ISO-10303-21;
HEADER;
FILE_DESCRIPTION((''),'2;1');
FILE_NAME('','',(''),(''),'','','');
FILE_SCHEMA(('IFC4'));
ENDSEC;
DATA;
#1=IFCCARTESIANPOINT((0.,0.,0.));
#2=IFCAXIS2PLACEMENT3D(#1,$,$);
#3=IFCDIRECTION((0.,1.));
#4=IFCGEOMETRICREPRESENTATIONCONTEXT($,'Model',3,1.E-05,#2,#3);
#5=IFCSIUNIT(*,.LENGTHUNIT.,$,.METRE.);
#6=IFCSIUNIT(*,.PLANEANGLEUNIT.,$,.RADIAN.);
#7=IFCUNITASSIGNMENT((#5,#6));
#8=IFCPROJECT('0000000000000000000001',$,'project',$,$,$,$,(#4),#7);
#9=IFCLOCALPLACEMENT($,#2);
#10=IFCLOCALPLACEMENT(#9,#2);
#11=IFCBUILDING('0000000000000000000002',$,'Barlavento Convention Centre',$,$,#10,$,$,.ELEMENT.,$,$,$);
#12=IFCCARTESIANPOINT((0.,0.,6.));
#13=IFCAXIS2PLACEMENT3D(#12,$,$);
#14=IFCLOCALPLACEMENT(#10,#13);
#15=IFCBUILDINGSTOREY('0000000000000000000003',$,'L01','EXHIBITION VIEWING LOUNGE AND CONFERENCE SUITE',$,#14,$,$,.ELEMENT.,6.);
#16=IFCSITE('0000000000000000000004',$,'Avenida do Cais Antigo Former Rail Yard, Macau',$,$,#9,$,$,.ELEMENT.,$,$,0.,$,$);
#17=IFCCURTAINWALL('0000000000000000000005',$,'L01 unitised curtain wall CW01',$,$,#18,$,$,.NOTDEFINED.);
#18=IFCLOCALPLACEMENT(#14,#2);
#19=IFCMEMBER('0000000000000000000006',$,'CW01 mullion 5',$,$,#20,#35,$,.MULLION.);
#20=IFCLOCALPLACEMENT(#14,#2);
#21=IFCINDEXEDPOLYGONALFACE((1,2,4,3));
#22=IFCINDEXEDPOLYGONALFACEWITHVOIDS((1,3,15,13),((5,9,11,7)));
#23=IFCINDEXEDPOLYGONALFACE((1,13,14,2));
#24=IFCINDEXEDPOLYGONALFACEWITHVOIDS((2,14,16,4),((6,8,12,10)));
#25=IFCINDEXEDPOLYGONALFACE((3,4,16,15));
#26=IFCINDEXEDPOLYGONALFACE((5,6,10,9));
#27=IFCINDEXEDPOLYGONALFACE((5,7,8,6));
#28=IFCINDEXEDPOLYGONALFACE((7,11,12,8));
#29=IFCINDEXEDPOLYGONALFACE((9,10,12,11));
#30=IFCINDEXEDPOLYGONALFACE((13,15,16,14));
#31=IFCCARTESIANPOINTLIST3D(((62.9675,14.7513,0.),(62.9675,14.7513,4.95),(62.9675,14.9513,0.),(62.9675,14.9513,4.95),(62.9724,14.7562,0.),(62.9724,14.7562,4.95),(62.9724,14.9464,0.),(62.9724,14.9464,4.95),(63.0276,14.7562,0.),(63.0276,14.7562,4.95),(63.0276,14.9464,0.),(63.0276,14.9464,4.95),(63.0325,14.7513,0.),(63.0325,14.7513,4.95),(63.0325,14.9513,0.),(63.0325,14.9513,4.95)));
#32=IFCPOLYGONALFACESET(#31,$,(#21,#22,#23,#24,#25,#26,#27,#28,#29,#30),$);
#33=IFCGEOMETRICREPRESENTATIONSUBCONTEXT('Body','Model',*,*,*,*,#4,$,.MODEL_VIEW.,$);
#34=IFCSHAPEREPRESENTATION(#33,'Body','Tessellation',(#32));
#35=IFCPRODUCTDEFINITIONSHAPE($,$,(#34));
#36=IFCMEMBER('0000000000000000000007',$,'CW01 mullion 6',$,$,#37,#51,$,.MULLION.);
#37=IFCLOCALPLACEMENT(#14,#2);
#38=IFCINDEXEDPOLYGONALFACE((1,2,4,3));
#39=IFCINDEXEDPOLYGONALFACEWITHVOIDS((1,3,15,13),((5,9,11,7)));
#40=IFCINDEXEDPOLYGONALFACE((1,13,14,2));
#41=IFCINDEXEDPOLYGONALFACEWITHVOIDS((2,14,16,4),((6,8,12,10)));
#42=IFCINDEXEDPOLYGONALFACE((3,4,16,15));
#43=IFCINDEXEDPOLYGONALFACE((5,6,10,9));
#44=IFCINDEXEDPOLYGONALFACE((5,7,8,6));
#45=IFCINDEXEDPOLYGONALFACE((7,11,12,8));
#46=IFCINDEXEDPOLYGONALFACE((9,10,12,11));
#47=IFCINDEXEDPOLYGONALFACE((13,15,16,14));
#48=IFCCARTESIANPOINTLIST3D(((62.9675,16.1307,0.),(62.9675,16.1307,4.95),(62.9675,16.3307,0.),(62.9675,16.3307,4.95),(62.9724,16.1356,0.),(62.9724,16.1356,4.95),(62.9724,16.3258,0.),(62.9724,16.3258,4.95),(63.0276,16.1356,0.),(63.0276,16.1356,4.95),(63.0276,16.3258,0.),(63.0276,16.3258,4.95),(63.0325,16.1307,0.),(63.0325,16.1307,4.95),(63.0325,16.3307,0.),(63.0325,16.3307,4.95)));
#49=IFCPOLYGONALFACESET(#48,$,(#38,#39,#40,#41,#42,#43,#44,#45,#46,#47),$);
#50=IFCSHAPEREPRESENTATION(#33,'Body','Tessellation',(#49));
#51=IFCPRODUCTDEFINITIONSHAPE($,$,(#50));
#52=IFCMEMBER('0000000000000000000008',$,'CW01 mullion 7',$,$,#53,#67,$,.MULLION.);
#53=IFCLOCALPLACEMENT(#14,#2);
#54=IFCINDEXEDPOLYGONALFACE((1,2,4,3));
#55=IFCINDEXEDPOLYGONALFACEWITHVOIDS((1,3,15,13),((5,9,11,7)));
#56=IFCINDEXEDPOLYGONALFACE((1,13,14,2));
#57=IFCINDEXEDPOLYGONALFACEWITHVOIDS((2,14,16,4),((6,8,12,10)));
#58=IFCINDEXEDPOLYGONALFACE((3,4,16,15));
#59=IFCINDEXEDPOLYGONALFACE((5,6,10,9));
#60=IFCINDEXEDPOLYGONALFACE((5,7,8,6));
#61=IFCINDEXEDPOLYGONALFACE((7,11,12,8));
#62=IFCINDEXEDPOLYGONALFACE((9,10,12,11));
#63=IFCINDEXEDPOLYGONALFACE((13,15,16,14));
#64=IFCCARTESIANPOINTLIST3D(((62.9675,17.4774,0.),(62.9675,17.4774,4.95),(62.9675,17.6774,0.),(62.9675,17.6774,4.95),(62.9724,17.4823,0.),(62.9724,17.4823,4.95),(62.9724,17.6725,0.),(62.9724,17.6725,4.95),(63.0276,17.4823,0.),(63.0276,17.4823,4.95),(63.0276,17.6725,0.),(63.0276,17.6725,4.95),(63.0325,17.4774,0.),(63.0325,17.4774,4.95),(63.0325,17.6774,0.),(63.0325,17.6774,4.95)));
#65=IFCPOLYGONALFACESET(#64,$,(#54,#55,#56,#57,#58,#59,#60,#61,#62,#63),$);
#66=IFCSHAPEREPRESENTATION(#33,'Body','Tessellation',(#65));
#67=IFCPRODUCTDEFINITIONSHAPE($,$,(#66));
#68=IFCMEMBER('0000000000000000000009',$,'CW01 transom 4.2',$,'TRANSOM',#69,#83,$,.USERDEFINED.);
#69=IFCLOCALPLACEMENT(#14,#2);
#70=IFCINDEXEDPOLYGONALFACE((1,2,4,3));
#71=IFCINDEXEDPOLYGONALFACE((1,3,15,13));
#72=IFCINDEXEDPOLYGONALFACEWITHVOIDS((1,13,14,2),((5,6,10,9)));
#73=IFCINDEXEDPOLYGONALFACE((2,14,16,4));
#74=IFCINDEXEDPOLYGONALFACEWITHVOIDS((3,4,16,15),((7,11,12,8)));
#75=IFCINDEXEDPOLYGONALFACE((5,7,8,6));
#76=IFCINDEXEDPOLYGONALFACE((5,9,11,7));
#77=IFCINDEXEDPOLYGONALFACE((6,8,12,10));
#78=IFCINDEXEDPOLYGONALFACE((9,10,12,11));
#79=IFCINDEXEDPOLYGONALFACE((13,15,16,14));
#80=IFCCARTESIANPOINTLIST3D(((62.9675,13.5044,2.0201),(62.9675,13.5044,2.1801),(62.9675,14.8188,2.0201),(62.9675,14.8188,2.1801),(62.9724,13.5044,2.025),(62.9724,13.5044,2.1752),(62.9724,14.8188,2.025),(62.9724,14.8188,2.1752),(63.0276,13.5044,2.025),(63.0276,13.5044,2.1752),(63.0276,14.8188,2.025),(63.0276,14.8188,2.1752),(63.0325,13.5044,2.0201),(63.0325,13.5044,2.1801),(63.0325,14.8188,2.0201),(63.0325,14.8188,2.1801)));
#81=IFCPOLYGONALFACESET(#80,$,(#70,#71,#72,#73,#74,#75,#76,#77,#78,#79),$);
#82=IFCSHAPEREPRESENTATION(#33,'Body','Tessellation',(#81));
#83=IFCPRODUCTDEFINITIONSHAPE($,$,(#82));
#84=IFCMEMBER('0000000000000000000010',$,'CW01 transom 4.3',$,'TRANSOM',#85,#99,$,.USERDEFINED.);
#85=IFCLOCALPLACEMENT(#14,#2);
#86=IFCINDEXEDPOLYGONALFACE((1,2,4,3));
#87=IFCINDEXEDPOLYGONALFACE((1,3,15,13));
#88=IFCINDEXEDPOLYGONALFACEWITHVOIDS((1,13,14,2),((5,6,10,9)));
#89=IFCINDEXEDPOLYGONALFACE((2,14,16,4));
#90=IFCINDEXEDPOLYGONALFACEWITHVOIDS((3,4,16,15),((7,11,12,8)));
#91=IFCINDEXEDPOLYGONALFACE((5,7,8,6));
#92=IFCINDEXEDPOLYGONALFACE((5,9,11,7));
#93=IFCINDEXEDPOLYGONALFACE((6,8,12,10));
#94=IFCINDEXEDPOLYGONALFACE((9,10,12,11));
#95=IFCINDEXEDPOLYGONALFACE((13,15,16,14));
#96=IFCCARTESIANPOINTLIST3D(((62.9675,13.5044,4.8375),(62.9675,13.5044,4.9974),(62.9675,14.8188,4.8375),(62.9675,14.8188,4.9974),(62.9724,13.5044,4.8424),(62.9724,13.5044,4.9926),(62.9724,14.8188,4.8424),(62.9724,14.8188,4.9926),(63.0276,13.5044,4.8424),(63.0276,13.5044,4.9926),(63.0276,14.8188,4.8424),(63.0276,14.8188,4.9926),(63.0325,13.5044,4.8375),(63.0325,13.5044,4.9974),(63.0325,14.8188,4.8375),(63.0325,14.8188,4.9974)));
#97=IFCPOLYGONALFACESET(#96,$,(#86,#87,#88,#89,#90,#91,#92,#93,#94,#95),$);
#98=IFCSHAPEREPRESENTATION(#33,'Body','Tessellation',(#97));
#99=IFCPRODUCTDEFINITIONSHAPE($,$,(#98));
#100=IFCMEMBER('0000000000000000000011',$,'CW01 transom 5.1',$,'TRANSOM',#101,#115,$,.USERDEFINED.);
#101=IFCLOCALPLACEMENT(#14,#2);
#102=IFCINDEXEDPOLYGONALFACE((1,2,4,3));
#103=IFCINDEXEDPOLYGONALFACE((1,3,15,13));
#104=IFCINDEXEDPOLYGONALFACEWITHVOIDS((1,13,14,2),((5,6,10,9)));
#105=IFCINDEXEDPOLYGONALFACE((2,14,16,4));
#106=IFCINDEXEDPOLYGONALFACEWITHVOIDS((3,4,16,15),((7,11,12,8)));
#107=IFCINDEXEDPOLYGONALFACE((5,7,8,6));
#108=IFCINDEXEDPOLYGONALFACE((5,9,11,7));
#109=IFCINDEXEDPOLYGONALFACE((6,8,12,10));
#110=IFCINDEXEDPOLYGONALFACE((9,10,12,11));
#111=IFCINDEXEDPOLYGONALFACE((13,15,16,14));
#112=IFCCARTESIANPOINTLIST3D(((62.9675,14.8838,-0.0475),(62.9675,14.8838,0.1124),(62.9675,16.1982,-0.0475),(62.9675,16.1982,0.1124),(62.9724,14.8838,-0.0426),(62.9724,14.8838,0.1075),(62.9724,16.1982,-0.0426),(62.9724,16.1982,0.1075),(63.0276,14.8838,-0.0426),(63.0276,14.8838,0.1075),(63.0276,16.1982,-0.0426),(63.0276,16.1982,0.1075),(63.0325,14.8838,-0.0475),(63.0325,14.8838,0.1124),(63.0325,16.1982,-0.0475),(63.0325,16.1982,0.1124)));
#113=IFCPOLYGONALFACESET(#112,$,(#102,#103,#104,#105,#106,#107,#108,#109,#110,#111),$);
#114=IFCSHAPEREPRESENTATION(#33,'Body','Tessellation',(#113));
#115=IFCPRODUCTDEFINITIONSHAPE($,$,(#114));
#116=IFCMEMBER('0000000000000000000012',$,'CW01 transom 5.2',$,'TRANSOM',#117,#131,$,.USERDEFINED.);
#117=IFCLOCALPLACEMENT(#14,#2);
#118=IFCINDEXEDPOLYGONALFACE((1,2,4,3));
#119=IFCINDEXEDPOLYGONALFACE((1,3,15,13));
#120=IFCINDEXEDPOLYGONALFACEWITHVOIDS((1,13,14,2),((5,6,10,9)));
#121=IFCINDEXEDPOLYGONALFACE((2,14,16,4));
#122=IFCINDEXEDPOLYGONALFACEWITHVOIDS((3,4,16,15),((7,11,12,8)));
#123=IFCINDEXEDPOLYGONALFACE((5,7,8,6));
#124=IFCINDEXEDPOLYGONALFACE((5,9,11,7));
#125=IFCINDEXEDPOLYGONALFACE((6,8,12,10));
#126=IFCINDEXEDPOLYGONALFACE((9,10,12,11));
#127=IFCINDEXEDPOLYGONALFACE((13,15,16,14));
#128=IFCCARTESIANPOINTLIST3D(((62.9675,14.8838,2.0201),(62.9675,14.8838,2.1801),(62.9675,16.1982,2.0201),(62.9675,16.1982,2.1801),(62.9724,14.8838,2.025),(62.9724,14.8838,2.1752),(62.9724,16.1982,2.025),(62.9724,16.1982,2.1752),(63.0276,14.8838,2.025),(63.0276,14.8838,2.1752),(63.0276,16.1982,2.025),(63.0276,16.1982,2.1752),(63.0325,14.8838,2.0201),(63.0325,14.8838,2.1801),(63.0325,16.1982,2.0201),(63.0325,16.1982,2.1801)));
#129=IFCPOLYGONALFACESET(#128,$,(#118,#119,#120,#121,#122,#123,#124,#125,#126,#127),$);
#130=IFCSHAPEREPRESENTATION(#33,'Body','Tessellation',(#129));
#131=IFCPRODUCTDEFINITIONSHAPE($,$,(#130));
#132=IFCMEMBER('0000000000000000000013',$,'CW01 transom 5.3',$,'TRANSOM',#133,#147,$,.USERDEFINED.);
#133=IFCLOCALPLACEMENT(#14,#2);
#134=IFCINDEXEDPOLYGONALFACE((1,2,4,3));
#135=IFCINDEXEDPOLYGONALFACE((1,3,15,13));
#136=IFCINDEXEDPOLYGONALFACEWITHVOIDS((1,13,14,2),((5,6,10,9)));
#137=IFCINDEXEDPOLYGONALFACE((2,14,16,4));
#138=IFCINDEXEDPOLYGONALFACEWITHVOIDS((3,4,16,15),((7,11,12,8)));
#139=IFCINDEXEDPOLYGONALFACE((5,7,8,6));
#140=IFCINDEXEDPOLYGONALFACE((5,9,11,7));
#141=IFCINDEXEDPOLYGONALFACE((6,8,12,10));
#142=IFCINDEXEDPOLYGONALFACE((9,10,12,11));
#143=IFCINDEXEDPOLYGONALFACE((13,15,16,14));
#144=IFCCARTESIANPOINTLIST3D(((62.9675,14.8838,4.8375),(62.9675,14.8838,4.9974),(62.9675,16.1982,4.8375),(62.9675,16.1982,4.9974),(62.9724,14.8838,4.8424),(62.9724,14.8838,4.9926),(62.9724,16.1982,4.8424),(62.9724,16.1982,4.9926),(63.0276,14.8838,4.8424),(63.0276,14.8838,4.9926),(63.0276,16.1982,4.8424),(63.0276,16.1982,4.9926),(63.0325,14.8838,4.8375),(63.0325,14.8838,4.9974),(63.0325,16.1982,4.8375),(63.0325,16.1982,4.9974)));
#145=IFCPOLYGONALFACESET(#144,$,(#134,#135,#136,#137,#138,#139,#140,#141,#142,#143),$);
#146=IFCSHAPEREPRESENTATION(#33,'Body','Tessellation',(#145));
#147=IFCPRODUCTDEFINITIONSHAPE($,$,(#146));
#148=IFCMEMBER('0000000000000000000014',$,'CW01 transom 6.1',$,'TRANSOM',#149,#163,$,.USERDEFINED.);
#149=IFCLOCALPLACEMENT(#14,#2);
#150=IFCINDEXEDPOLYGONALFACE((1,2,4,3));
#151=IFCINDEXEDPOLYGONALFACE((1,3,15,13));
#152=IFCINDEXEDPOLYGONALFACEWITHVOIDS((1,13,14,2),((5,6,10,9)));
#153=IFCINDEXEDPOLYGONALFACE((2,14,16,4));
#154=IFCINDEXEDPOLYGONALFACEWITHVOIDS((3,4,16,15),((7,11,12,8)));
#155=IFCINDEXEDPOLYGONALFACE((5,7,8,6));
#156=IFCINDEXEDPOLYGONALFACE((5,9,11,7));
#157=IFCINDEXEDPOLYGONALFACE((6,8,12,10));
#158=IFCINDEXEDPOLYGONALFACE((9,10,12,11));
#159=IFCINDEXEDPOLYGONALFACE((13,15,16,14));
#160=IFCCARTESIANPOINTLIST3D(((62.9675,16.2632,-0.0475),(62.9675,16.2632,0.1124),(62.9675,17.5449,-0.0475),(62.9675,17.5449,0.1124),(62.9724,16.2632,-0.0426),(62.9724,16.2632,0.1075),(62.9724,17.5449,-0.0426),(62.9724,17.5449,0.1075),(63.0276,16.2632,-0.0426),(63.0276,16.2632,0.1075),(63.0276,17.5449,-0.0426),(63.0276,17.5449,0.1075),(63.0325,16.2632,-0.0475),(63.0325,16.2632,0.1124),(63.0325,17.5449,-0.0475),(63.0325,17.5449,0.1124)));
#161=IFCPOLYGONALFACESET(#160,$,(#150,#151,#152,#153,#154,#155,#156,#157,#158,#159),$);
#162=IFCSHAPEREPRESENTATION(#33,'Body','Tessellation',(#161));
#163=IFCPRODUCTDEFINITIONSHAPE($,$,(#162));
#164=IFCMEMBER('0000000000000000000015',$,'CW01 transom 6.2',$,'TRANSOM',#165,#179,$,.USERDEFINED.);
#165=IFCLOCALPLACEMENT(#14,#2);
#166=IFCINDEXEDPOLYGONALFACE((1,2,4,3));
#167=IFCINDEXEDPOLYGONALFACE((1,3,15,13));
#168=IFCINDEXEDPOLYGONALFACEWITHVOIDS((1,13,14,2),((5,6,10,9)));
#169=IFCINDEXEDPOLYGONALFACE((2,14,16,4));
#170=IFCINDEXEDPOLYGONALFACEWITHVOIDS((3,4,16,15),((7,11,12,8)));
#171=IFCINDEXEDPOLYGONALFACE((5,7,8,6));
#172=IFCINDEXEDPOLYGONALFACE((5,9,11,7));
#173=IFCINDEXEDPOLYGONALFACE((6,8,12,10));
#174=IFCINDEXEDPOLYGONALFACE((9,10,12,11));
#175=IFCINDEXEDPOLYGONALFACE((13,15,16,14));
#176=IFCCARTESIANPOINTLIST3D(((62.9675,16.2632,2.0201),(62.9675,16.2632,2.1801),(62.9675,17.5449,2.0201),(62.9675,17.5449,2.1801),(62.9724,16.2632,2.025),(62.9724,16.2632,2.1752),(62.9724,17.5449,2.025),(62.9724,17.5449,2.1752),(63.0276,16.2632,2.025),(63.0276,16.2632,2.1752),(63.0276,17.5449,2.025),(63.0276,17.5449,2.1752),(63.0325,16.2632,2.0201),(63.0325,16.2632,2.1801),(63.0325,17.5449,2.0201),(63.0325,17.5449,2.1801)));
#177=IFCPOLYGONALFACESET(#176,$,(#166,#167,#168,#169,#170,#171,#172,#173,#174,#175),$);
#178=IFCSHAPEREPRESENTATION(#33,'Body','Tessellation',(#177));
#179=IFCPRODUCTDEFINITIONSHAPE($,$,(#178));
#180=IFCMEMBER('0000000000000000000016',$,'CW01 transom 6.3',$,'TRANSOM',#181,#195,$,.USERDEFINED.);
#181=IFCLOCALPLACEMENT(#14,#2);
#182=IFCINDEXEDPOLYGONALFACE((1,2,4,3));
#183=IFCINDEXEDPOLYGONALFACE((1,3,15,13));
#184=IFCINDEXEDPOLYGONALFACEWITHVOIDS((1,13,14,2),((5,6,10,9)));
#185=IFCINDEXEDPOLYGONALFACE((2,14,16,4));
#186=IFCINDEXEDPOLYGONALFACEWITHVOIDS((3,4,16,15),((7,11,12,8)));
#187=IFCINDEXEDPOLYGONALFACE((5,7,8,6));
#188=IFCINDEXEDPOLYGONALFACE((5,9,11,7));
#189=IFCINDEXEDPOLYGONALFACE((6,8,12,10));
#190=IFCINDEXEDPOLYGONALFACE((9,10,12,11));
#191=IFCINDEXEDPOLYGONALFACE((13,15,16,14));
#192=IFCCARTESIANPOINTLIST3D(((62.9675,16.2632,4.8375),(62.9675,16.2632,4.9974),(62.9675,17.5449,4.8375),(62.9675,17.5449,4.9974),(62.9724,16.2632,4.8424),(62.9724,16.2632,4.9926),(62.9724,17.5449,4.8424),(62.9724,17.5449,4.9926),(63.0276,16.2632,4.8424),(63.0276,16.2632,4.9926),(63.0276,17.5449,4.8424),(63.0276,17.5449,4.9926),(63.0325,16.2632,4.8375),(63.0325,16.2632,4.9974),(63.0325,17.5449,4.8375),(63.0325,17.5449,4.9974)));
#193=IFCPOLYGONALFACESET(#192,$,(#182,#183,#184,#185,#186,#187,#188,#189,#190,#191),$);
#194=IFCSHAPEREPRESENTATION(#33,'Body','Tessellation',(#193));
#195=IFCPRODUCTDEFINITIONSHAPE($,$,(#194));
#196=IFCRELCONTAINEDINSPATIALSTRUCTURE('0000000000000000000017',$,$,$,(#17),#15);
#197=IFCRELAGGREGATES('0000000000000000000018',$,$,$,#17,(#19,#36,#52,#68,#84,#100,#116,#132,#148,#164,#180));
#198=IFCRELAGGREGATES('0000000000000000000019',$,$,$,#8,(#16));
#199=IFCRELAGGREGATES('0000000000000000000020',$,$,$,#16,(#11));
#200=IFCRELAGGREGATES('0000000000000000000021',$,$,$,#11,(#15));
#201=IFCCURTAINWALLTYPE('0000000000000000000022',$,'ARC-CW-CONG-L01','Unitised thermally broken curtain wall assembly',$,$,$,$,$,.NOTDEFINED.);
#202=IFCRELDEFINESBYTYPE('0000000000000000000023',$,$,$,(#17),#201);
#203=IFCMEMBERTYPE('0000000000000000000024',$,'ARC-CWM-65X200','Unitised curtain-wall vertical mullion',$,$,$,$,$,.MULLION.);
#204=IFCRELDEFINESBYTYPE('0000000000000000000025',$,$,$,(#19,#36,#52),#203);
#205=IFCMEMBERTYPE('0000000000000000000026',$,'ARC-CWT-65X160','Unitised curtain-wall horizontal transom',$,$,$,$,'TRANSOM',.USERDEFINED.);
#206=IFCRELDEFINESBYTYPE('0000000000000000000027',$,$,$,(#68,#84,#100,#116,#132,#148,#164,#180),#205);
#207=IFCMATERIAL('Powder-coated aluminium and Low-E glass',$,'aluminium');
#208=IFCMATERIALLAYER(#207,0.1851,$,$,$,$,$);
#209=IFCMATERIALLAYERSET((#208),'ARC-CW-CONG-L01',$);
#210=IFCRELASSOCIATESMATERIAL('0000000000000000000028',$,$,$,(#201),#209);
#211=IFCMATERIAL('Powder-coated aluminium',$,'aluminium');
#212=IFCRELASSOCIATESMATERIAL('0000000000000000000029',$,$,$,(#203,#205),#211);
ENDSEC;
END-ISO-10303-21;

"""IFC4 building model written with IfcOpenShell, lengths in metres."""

from ifc_helpers import new_model, si_unit, direction, frame, origin, origin_2d, place, context, subcontext, project, spatial, hollow_rectangle, extrude, material, layer, layer_set, material_profile, profile_set, type_object, element, aggregate, save


model = new_model("IFC4")

# Units and contexts
model_context = context("Model", 3, precision=1e-05, world=origin(), true_north=direction((0.0, 1.0)))
body_context = subcontext(model_context, "Body", "Model", "MODEL_VIEW")
ifc_project = project(units=[si_unit("LENGTHUNIT", "METRE"), si_unit("PLANEANGLEUNIT", "RADIAN")], contexts=[model_context])

# Site, building, storey
site_placement = place(None, origin())
site = spatial("IfcSite", under=ifc_project, at=site_placement, Name="Avenida do Cais Antigo Former Rail Yard, Macau", CompositionType="ELEMENT", RefElevation=0.0)
building_placement = place(site_placement, origin())
building = spatial("IfcBuilding", under=site, at=building_placement, Name="Barlavento Convention Centre", CompositionType="ELEMENT")
storey_placement = place(building_placement, frame((0.0, 0.0, 6.0)))
storey = spatial("IfcBuildingStorey", under=building, at=storey_placement, Name="L01", Description="EXHIBITION VIEWING LOUNGE AND CONFERENCE SUITE", CompositionType="ELEMENT", Elevation=6.0)

# Curtain wall, members
ifc_material_1 = material(Name="Powder-coated aluminium and Low-E glass", Category="aluminium")
ifc_layer_1 = layer(ifc_material_1, 0.1851)
ifc_layer_set_1 = layer_set([ifc_layer_1], Name="ARC-CW-CONG-L01")
curtain_wall_type = type_object("IfcCurtainWallType", Name="ARC-CW-CONG-L01", Description="Unitised thermally broken curtain wall assembly", PredefinedType="NOTDEFINED", material=ifc_layer_set_1)
curtain_wall_placement = place(storey_placement, origin())
curtain_wall = element("IfcCurtainWall", 1, at=curtain_wall_placement, inside=storey, type_object=curtain_wall_type, Name="L01 unitised curtain wall CW01", PredefinedType="NOTDEFINED")
ifc_material_2 = material(Name="Powder-coated aluminium", Category="aluminium")
ifc_material_profile_1 = material_profile(ifc_material_2, hollow_rectangle(XDim=0.0649, YDim=0.2, WallThickness=0.0049, at=origin_2d()), Name="AL-MULL 65x200x5")
ifc_profile_set_1 = profile_set([ifc_material_profile_1], Name="Powder-coated aluminium")
member_type_1 = type_object("IfcMemberType", Name="ARC-CWM-65X200", Description="Unitised curtain-wall vertical mullion", PredefinedType="MULLION", material=ifc_profile_set_1)
member_1_placement = place(storey_placement, frame((63.0, 14.8513, 0.0), z_axis=(0.0, 0.0, 1.0), x_axis=(-1.0, 0.0, 0.0)))
member_1 = element("IfcMember", 2, at=member_1_placement, type_object=member_type_1, Name="CW01 mullion 5", PredefinedType="MULLION", context=body_context, shape_type="SweptSolid", body=[
    extrude(hollow_rectangle(XDim=0.0649, YDim=0.2, WallThickness=0.0049, at=origin_2d()), origin(), (0.0, 0.0, 1.0), 4.95),
])
member_2_placement = place(storey_placement, frame((63.0, 16.2307, 0.0), z_axis=(0.0, 0.0, 1.0), x_axis=(-1.0, 0.0, 0.0)))
member_2 = element("IfcMember", 3, at=member_2_placement, type_object=member_type_1, Name="CW01 mullion 6", PredefinedType="MULLION", context=body_context, shape_type="SweptSolid", body=[
    extrude(hollow_rectangle(XDim=0.0649, YDim=0.2, WallThickness=0.0049, at=origin_2d()), origin(), (0.0, 0.0, 1.0), 4.95),
])
member_3_placement = place(storey_placement, frame((63.0, 17.5774, 0.0), z_axis=(0.0, 0.0, 1.0), x_axis=(-1.0, 0.0, 0.0)))
member_3 = element("IfcMember", 4, at=member_3_placement, type_object=member_type_1, Name="CW01 mullion 7", PredefinedType="MULLION", context=body_context, shape_type="SweptSolid", body=[
    extrude(hollow_rectangle(XDim=0.0649, YDim=0.2, WallThickness=0.0049, at=origin_2d()), origin(), (0.0, 0.0, 1.0), 4.95),
])
ifc_material_profile_2 = material_profile(ifc_material_2, hollow_rectangle(XDim=0.0649, YDim=0.1599, WallThickness=0.0049, at=origin_2d()), Name="AL-TRAN 65x160x5")
ifc_profile_set_2 = profile_set([ifc_material_profile_2], Name="Powder-coated aluminium")
member_type_2 = type_object("IfcMemberType", Name="ARC-CWT-65X160", Description="Unitised curtain-wall horizontal transom", ElementType="TRANSOM", PredefinedType="USERDEFINED", material=ifc_profile_set_2)
member_4_placement = place(storey_placement, frame((63.0, 13.5044, 2.1001), z_axis=(0.0, 1.0, 0.0), x_axis=(-1.0, 0.0, 0.0)))
member_4 = element("IfcMember", 5, at=member_4_placement, type_object=member_type_2, Name="CW01 transom 4.2", ObjectType="TRANSOM", PredefinedType="USERDEFINED", context=body_context, shape_type="SweptSolid", body=[
    extrude(hollow_rectangle(XDim=0.0649, YDim=0.1599, WallThickness=0.0049, at=origin_2d()), origin(), (0.0, 0.0, 1.0), 1.3145),
])
member_5_placement = place(storey_placement, frame((63.0, 13.5044, 4.9175), z_axis=(0.0, 1.0, 0.0), x_axis=(-1.0, 0.0, 0.0)))
member_5 = element("IfcMember", 6, at=member_5_placement, type_object=member_type_2, Name="CW01 transom 4.3", ObjectType="TRANSOM", PredefinedType="USERDEFINED", context=body_context, shape_type="SweptSolid", body=[
    extrude(hollow_rectangle(XDim=0.0649, YDim=0.1599, WallThickness=0.0049, at=origin_2d()), origin(), (0.0, 0.0, 1.0), 1.3145),
])
member_6_placement = place(storey_placement, frame((63.0, 14.8838, 0.0325), z_axis=(0.0, 1.0, 0.0), x_axis=(-1.0, 0.0, 0.0)))
member_6 = element("IfcMember", 7, at=member_6_placement, type_object=member_type_2, Name="CW01 transom 5.1", ObjectType="TRANSOM", PredefinedType="USERDEFINED", context=body_context, shape_type="SweptSolid", body=[
    extrude(hollow_rectangle(XDim=0.0649, YDim=0.1599, WallThickness=0.0049, at=origin_2d()), origin(), (0.0, 0.0, 1.0), 1.3145),
])
member_7_placement = place(storey_placement, frame((63.0, 14.8838, 2.1001), z_axis=(0.0, 1.0, 0.0), x_axis=(-1.0, 0.0, 0.0)))
member_7 = element("IfcMember", 8, at=member_7_placement, type_object=member_type_2, Name="CW01 transom 5.2", ObjectType="TRANSOM", PredefinedType="USERDEFINED", context=body_context, shape_type="SweptSolid", body=[
    extrude(hollow_rectangle(XDim=0.0649, YDim=0.1599, WallThickness=0.0049, at=origin_2d()), origin(), (0.0, 0.0, 1.0), 1.3145),
])
member_8_placement = place(storey_placement, frame((63.0, 14.8838, 4.9175), z_axis=(0.0, 1.0, 0.0), x_axis=(-1.0, 0.0, 0.0)))
member_8 = element("IfcMember", 9, at=member_8_placement, type_object=member_type_2, Name="CW01 transom 5.3", ObjectType="TRANSOM", PredefinedType="USERDEFINED", context=body_context, shape_type="SweptSolid", body=[
    extrude(hollow_rectangle(XDim=0.0649, YDim=0.1599, WallThickness=0.0049, at=origin_2d()), origin(), (0.0, 0.0, 1.0), 1.3145),
])
member_9_placement = place(storey_placement, frame((63.0, 16.2632, 0.0325), z_axis=(0.0, 1.0, 0.0), x_axis=(-1.0, 0.0, 0.0)))
member_9 = element("IfcMember", 10, at=member_9_placement, type_object=member_type_2, Name="CW01 transom 6.1", ObjectType="TRANSOM", PredefinedType="USERDEFINED", context=body_context, shape_type="SweptSolid", body=[
    extrude(hollow_rectangle(XDim=0.0649, YDim=0.1599, WallThickness=0.0049, at=origin_2d()), origin(), (0.0, 0.0, 1.0), 1.2817),
])
member_10_placement = place(storey_placement, frame((63.0, 16.2632, 2.1001), z_axis=(0.0, 1.0, 0.0), x_axis=(-1.0, 0.0, 0.0)))
member_10 = element("IfcMember", 11, at=member_10_placement, type_object=member_type_2, Name="CW01 transom 6.2", ObjectType="TRANSOM", PredefinedType="USERDEFINED", context=body_context, shape_type="SweptSolid", body=[
    extrude(hollow_rectangle(XDim=0.0649, YDim=0.1599, WallThickness=0.0049, at=origin_2d()), origin(), (0.0, 0.0, 1.0), 1.2817),
])
member_11_placement = place(storey_placement, frame((63.0, 16.2632, 4.9175), z_axis=(0.0, 1.0, 0.0), x_axis=(-1.0, 0.0, 0.0)))
member_11 = element("IfcMember", 12, at=member_11_placement, type_object=member_type_2, Name="CW01 transom 6.3", ObjectType="TRANSOM", PredefinedType="USERDEFINED", context=body_context, shape_type="SweptSolid", body=[
    extrude(hollow_rectangle(XDim=0.0649, YDim=0.1599, WallThickness=0.0049, at=origin_2d()), origin(), (0.0, 0.0, 1.0), 1.2817),
])
aggregate(curtain_wall, [member_1, member_2, member_3, member_4, member_5, member_6, member_7, member_8, member_9, member_10, member_11])

save(model, "model.ifc")
